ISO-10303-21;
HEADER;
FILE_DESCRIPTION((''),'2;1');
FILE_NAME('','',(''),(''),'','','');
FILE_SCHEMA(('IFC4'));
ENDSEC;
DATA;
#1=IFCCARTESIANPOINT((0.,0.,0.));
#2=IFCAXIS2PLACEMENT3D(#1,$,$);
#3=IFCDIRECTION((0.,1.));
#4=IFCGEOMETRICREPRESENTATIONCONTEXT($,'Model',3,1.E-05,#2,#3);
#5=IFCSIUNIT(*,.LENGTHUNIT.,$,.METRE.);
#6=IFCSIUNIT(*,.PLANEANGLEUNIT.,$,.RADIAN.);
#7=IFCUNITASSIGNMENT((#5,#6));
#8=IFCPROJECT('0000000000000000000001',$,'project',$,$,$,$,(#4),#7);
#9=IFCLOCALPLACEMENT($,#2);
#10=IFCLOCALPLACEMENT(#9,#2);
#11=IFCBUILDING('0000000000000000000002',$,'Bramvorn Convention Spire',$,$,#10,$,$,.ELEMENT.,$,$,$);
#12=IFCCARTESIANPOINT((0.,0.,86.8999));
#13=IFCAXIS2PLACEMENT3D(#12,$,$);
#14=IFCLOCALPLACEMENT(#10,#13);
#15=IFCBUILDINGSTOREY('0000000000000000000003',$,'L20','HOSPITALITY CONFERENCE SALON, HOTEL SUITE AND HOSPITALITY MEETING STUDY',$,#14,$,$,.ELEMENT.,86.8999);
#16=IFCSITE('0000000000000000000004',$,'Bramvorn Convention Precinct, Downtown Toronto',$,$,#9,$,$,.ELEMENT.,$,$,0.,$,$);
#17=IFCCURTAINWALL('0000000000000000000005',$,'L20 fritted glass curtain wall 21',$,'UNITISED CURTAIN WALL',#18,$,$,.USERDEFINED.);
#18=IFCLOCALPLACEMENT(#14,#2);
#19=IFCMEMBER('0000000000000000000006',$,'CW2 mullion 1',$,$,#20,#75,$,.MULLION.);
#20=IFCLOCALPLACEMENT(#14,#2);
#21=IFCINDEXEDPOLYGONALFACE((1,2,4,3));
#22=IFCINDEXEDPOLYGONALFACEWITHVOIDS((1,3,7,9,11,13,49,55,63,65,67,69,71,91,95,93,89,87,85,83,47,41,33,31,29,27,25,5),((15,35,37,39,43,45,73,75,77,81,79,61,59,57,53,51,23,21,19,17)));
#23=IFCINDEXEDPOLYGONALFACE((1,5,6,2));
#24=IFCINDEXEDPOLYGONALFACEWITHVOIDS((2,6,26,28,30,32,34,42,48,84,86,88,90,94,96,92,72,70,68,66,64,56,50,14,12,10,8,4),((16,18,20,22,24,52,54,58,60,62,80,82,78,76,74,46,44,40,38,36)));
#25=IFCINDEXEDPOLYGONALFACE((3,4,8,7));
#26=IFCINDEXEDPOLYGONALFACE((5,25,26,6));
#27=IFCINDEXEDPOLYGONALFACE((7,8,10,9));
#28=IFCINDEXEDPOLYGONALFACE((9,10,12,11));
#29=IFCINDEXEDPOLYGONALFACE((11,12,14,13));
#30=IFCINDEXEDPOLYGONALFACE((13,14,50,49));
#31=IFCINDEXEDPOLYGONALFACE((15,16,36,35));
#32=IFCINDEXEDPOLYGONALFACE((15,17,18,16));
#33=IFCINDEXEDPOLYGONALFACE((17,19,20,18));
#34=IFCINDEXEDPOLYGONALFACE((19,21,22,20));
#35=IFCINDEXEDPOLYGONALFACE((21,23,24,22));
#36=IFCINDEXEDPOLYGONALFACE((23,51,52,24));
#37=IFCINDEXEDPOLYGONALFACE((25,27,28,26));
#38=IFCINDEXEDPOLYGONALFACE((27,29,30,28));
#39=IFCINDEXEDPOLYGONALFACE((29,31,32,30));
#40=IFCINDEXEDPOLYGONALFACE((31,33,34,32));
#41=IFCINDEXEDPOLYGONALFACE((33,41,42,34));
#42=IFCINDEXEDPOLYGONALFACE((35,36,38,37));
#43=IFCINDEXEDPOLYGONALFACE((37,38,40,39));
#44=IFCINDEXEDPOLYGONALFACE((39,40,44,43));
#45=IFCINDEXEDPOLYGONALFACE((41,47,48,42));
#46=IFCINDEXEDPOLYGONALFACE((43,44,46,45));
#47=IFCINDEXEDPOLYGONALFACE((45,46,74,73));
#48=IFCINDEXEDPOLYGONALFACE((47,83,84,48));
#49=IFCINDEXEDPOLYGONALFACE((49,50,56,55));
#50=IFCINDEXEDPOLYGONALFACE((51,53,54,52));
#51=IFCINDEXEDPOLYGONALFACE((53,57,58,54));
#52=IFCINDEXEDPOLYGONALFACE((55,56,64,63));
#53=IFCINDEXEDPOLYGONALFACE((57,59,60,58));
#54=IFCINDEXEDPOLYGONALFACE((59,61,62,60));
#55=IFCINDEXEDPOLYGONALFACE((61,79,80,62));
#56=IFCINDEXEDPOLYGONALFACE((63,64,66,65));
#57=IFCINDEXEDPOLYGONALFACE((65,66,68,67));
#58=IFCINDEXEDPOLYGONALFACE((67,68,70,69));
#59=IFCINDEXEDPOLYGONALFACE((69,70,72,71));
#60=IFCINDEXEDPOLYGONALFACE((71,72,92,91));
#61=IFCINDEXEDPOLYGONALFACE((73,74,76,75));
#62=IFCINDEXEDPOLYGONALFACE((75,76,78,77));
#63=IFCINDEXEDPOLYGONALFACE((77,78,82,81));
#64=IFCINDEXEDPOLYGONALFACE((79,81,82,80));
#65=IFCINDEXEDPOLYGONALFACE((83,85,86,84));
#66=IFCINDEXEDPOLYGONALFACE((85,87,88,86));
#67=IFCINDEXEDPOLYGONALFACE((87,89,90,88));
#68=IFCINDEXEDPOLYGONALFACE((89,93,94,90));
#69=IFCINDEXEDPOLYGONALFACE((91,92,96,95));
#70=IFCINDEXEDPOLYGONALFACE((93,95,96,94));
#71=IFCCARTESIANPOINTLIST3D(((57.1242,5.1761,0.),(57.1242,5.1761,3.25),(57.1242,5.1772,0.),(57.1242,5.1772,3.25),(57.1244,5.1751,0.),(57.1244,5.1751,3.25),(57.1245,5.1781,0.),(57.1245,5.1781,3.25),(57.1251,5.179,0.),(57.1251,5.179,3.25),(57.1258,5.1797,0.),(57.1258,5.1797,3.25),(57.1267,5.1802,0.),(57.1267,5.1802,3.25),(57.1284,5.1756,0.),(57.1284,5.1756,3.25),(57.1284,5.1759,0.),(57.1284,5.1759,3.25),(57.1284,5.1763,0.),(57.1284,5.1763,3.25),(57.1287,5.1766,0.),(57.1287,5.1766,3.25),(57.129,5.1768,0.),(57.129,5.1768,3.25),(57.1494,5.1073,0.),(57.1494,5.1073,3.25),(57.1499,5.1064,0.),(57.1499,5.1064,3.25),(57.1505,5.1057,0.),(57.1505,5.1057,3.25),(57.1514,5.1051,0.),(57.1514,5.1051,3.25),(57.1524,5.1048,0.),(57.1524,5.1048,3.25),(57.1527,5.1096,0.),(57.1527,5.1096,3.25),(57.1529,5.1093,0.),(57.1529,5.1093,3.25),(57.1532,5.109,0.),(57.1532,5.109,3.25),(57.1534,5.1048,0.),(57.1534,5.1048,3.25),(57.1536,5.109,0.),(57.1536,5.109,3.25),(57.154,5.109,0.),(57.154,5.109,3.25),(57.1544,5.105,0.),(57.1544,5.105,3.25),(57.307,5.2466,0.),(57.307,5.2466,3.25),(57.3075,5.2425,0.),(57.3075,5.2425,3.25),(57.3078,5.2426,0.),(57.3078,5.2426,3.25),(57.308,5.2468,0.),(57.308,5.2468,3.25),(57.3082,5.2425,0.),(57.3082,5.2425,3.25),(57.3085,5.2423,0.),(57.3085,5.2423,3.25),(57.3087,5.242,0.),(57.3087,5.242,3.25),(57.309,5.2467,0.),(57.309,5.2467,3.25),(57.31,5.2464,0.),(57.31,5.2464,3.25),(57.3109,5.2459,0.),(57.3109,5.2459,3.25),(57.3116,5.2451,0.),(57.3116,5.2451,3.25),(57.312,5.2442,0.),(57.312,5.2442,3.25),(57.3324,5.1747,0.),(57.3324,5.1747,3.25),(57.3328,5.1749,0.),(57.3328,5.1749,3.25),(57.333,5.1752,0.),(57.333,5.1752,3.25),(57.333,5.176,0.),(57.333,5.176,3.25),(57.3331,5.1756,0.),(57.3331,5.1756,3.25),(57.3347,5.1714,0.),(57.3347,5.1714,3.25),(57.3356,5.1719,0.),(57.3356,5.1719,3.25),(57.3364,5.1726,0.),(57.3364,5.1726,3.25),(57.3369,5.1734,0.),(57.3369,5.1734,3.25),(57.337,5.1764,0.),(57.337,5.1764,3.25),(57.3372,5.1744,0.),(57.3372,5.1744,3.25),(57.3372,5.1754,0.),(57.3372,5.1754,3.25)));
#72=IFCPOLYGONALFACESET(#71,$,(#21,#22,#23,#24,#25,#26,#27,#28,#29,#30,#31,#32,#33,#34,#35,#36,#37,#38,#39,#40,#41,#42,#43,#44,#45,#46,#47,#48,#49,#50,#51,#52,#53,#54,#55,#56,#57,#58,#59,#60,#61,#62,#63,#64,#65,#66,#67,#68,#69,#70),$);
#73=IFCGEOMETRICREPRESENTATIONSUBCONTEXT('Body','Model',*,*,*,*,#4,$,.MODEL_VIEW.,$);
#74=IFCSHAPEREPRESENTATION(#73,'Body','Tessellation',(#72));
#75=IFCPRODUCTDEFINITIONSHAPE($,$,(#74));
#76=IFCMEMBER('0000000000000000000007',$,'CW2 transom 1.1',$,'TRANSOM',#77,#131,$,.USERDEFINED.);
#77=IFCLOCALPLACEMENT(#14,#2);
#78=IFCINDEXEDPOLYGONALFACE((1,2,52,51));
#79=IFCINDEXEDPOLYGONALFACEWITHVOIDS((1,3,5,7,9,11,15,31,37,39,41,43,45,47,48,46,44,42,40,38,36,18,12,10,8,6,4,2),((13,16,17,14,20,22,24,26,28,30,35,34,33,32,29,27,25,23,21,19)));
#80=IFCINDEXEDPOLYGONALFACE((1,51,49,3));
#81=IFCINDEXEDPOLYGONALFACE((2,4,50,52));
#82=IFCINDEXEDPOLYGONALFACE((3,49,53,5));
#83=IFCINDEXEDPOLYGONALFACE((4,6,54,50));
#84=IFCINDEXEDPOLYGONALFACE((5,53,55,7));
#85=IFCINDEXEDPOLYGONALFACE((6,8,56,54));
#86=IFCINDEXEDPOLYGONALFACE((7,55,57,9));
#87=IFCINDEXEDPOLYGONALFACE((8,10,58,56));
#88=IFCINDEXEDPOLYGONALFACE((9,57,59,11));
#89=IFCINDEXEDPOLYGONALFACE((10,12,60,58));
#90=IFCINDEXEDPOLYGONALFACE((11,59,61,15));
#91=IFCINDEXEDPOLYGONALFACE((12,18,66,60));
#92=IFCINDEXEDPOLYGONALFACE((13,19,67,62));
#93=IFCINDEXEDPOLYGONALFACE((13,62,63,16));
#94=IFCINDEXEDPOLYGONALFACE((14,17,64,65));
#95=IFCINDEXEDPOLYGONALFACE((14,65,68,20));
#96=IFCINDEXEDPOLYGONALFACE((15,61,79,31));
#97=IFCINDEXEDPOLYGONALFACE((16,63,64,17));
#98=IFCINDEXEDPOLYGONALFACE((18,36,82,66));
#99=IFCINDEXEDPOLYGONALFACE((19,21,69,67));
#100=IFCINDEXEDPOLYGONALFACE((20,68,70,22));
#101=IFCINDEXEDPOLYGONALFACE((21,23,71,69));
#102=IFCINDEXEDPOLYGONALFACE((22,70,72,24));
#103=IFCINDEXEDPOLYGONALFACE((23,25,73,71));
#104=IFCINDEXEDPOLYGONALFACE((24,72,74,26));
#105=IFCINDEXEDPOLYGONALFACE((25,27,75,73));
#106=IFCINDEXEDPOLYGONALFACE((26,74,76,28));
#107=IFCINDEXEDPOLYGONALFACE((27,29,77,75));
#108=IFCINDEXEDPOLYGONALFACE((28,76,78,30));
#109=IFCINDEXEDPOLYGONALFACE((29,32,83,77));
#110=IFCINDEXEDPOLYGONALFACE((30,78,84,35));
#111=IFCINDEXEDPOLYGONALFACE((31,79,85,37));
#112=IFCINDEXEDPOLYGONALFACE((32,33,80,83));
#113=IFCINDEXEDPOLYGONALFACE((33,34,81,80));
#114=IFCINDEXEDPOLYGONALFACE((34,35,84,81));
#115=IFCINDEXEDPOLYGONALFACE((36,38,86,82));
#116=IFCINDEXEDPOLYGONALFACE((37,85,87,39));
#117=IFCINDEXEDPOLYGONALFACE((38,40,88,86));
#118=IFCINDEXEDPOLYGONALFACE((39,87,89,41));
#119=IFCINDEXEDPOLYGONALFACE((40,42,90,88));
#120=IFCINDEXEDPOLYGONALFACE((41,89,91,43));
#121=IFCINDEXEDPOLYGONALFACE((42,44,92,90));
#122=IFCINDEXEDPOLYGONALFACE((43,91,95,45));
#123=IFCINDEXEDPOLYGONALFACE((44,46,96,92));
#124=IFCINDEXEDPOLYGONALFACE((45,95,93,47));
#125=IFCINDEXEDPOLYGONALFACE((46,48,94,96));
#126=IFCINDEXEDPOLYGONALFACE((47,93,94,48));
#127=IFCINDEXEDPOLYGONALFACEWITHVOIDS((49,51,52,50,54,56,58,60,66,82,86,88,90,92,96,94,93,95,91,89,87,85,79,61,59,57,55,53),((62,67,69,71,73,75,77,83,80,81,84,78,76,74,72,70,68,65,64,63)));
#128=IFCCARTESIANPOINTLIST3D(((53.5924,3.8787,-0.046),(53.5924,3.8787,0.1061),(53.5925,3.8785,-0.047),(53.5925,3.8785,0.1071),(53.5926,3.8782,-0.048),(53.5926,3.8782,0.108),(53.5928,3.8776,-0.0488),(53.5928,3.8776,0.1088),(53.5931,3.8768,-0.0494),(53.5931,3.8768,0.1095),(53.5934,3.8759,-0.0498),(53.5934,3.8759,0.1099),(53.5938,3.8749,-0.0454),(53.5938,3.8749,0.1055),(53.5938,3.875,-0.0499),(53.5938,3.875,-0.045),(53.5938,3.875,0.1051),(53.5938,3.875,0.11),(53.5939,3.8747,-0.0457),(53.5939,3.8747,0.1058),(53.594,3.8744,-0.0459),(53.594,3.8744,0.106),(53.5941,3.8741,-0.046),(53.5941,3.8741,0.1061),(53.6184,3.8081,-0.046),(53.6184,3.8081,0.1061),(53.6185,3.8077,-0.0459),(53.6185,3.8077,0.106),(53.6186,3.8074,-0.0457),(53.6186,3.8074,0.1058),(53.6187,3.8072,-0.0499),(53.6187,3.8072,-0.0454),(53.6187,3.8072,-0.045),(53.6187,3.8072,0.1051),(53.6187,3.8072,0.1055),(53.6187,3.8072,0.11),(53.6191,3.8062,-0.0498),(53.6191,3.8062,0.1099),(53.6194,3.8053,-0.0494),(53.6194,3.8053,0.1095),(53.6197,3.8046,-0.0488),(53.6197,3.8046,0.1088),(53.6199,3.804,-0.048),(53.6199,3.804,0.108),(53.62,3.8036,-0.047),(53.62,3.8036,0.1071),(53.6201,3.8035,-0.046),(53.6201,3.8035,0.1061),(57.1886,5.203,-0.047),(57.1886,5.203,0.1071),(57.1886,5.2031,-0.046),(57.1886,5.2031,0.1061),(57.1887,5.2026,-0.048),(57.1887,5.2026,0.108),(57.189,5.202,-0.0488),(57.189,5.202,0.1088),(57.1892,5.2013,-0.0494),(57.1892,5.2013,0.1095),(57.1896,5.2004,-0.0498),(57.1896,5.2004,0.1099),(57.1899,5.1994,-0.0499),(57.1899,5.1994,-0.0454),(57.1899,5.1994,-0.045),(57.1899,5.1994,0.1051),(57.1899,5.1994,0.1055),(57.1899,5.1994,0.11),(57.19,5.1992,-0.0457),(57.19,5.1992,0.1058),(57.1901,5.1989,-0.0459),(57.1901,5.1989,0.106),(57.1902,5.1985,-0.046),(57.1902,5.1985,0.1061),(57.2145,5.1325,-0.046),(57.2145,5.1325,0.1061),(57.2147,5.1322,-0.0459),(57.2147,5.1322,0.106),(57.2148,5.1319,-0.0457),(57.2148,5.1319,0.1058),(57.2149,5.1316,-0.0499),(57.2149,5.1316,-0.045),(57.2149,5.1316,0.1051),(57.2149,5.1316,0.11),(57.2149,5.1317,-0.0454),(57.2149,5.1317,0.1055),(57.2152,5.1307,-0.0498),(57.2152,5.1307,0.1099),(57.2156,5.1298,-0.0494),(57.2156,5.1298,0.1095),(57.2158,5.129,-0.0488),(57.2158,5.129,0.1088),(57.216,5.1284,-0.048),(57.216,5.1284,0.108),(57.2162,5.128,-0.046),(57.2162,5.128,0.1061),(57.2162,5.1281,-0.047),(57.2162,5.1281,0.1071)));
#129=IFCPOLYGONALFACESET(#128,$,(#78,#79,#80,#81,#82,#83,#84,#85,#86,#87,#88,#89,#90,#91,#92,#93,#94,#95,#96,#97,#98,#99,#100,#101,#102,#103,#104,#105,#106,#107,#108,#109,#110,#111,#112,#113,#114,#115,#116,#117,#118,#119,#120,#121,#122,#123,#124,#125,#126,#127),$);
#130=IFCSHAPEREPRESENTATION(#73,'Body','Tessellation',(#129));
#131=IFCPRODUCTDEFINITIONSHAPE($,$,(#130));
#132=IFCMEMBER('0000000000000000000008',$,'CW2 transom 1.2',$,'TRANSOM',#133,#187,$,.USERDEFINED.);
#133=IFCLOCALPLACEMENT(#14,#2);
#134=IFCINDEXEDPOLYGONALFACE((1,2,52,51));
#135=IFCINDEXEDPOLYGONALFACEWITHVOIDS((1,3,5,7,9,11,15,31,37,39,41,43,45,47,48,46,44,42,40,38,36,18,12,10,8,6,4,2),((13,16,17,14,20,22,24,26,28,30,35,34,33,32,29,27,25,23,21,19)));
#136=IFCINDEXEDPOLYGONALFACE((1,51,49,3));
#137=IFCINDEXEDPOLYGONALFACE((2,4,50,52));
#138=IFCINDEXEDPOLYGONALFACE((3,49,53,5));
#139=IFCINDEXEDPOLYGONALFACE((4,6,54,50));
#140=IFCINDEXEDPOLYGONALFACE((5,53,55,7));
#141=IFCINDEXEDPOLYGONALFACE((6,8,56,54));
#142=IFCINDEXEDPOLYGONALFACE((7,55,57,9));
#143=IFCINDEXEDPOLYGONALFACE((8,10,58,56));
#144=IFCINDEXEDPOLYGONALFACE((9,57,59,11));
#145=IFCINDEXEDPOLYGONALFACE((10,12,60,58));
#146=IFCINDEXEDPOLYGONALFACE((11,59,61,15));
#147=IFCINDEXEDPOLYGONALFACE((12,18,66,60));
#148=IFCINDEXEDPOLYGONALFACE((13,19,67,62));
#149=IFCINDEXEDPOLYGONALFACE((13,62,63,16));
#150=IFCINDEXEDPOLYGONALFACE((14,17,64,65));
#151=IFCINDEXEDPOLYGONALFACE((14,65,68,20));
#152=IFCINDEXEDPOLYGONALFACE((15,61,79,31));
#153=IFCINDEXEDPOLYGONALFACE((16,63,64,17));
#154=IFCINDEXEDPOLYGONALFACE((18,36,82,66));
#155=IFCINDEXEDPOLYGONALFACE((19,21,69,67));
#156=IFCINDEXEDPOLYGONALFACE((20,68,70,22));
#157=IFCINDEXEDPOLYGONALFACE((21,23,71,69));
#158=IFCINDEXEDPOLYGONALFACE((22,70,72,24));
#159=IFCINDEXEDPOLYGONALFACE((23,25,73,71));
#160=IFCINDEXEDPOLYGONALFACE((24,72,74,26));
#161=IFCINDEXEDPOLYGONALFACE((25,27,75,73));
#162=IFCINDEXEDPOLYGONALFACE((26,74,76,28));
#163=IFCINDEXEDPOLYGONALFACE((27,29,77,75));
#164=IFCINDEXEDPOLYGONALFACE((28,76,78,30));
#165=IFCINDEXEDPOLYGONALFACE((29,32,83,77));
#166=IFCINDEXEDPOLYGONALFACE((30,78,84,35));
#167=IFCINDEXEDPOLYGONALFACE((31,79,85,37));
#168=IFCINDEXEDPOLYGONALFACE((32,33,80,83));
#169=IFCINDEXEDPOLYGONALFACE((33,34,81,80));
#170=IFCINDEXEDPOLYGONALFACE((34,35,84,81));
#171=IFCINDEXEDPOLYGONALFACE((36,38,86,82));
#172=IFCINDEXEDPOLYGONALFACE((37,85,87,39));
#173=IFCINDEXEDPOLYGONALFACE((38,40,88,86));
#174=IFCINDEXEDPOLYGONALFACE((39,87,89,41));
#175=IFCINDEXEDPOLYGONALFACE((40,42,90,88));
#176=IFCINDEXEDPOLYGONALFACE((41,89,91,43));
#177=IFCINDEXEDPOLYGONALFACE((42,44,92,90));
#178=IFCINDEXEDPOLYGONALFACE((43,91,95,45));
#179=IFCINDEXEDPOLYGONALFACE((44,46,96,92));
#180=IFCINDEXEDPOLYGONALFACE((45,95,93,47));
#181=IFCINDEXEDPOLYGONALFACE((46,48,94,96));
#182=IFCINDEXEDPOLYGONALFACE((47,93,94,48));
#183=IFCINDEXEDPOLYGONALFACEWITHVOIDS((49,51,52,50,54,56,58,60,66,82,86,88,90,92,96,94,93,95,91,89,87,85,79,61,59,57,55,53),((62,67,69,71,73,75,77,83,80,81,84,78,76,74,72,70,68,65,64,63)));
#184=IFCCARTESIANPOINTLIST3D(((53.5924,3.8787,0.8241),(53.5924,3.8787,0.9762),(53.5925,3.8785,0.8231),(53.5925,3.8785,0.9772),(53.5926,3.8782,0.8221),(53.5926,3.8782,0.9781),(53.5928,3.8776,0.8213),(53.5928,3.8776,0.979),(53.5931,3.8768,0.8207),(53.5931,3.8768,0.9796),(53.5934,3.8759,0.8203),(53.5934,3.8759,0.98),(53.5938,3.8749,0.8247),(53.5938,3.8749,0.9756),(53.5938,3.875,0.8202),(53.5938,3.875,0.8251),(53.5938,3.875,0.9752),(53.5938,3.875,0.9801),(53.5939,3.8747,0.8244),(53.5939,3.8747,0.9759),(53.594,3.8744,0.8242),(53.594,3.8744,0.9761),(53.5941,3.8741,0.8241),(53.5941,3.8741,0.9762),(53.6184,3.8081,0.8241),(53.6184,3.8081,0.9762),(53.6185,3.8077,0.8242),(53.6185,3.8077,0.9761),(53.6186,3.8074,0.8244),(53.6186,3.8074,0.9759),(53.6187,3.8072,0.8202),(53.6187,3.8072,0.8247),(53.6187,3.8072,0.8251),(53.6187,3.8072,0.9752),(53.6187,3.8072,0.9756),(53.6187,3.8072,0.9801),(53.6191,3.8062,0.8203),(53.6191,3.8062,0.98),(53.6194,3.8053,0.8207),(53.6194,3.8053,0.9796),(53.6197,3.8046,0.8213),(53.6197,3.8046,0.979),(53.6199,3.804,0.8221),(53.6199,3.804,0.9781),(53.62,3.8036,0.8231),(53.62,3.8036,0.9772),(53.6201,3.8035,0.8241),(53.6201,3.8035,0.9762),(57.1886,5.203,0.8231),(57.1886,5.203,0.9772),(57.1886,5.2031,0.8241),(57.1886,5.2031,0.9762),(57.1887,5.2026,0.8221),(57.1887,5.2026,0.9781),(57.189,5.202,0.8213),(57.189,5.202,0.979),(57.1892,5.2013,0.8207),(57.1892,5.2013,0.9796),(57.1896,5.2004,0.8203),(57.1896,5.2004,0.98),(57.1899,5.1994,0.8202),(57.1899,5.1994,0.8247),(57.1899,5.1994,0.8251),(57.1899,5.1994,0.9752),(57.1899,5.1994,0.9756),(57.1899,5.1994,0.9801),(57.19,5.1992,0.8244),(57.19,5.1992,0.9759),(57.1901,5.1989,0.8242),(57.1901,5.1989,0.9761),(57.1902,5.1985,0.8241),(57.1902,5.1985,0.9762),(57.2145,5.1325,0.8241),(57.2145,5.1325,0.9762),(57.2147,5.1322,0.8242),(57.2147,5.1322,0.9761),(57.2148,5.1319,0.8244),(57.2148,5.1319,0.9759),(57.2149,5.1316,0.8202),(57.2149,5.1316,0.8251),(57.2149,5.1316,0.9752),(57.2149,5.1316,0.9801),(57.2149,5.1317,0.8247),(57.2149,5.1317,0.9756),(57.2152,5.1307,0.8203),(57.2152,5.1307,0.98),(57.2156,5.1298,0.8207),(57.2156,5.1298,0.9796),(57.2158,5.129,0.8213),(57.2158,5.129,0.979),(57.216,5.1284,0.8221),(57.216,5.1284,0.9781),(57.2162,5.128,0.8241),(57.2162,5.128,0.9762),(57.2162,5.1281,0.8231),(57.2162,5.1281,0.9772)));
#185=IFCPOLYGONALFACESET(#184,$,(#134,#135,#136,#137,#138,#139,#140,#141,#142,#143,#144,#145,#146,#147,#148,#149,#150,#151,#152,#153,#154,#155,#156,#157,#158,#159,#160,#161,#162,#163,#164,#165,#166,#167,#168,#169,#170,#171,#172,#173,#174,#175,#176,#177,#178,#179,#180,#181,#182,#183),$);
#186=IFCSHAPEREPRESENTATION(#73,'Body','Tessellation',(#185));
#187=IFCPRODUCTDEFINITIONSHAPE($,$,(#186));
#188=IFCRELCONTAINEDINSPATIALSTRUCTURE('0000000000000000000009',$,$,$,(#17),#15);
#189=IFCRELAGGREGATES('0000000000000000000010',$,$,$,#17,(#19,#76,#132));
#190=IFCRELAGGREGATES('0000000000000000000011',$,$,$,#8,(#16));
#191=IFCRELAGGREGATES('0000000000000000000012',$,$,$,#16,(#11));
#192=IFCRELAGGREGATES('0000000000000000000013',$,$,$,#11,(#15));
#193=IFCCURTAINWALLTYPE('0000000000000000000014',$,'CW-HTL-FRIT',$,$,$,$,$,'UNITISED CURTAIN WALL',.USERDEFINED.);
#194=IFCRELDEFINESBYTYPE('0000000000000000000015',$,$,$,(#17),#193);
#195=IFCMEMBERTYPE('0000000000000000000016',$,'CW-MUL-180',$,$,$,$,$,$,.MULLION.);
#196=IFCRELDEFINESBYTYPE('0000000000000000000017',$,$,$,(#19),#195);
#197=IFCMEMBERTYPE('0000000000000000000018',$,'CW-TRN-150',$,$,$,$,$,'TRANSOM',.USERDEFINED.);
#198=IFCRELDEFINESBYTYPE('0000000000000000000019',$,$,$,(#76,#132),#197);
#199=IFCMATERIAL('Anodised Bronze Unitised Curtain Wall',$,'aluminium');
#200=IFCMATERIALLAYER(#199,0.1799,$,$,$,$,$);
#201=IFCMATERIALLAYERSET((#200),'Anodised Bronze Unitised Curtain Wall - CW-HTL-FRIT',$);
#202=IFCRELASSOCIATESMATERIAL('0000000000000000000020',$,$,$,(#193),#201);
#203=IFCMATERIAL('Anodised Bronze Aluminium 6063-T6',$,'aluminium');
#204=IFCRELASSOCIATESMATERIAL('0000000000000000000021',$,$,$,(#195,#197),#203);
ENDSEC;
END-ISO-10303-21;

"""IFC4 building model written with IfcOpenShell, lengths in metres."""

from ifc_helpers import new_model, si_unit, direction, frame, origin, origin_2d, place, context, subcontext, project, spatial, hollow_rectangle, extrude, material, layer, layer_set, material_profile, profile_set, type_object, element, aggregate, save


model = new_model("IFC4")

# Units and contexts
model_context = context("Model", 3, precision=1e-05, world=origin(), true_north=direction((0.0, 1.0)))
body_context = subcontext(model_context, "Body", "Model", "MODEL_VIEW")
ifc_project = project(units=[si_unit("LENGTHUNIT", "METRE"), si_unit("PLANEANGLEUNIT", "RADIAN")], contexts=[model_context])

# Site, building, storey
site_placement = place(None, origin())
site = spatial("IfcSite", under=ifc_project, at=site_placement, Name="Bramvorn Convention Precinct, Downtown Toronto", CompositionType="ELEMENT", RefElevation=0.0)
building_placement = place(site_placement, origin())
building = spatial("IfcBuilding", under=site, at=building_placement, Name="Bramvorn Convention Spire", CompositionType="ELEMENT")
storey_placement = place(building_placement, frame((0.0, 0.0, 86.8999)))
storey = spatial("IfcBuildingStorey", under=building, at=storey_placement, Name="L20", Description="HOSPITALITY CONFERENCE SALON, HOTEL SUITE AND HOSPITALITY MEETING STUDY", CompositionType="ELEMENT", Elevation=86.8999)

# Curtain wall, members
ifc_material_1 = material(Name="Anodised Bronze Unitised Curtain Wall", Category="aluminium")
ifc_layer_1 = layer(ifc_material_1, 0.1799)
ifc_layer_set_1 = layer_set([ifc_layer_1], Name="Anodised Bronze Unitised Curtain Wall - CW-HTL-FRIT")
curtain_wall_type = type_object("IfcCurtainWallType", Name="CW-HTL-FRIT", ElementType="UNITISED CURTAIN WALL", PredefinedType="USERDEFINED", material=ifc_layer_set_1)
curtain_wall_placement = place(storey_placement, origin())
curtain_wall = element("IfcCurtainWall", 1, at=curtain_wall_placement, inside=storey, type_object=curtain_wall_type, Name="L20 fritted glass curtain wall 21", ObjectType="UNITISED CURTAIN WALL", PredefinedType="USERDEFINED")
ifc_material_2 = material(Name="Anodised Bronze Aluminium 6063-T6", Category="aluminium")
ifc_material_profile_1 = material_profile(ifc_material_2, hollow_rectangle(XDim=0.0801, YDim=0.2, WallThickness=0.0039, InnerFilletRadius=0.001, OuterFilletRadius=0.0039, at=origin_2d()))
ifc_profile_set_1 = profile_set([ifc_material_profile_1], Name="Anodised Bronze Aluminium 6063-T6 - CWM80X200")
member_type_1 = type_object("IfcMemberType", Name="CW-MUL-180", PredefinedType="MULLION", material=ifc_profile_set_1)
member_1_placement = place(storey_placement, frame((57.2307, 5.1758, 0.0), z_axis=(0.0, 0.0, 1.0), x_axis=(0.345574, -0.938391, 0.0)))
member_1 = element("IfcMember", 2, at=member_1_placement, type_object=member_type_1, Name="CW2 mullion 1", PredefinedType="MULLION", context=body_context, shape_type="SweptSolid", body=[
    extrude(hollow_rectangle(XDim=0.0801, YDim=0.2, WallThickness=0.0039, InnerFilletRadius=0.001, OuterFilletRadius=0.0039, at=origin_2d()), origin(), (0.0, 0.0, 1.0), 3.25),
])
ifc_material_profile_2 = material_profile(ifc_material_2, hollow_rectangle(XDim=0.0801, YDim=0.1599, WallThickness=0.0039, InnerFilletRadius=0.001, OuterFilletRadius=0.0039, at=origin_2d()))
ifc_profile_set_2 = profile_set([ifc_material_profile_2], Name="Anodised Bronze Aluminium 6063-T6 - CWT80X160")
member_type_2 = type_object("IfcMemberType", Name="CW-TRN-150", ElementType="TRANSOM", PredefinedType="USERDEFINED", material=ifc_profile_set_2)
member_2_placement = place(storey_placement, frame((57.2024, 5.1655, 0.03), z_axis=(-0.938381, -0.345602, 0.0), x_axis=(0.345602, -0.938381, 0.0)))
member_2 = element("IfcMember", 3, at=member_2_placement, type_object=member_type_2, Name="CW2 transom 1.1", ObjectType="TRANSOM", PredefinedType="USERDEFINED", context=body_context, shape_type="SweptSolid", body=[
    extrude(hollow_rectangle(XDim=0.0801, YDim=0.1599, WallThickness=0.0039, InnerFilletRadius=0.001, OuterFilletRadius=0.0039, at=origin_2d()), origin(), (0.0, 0.0, 1.0), 3.8323),
])
member_3_placement = place(storey_placement, frame((57.2024, 5.1655, 0.9001), z_axis=(-0.938381, -0.345602, 0.0), x_axis=(0.345602, -0.938381, 0.0)))
member_3 = element("IfcMember", 4, at=member_3_placement, type_object=member_type_2, Name="CW2 transom 1.2", ObjectType="TRANSOM", PredefinedType="USERDEFINED", context=body_context, shape_type="SweptSolid", body=[
    extrude(hollow_rectangle(XDim=0.0801, YDim=0.1599, WallThickness=0.0039, InnerFilletRadius=0.001, OuterFilletRadius=0.0039, at=origin_2d()), origin(), (0.0, 0.0, 1.0), 3.8323),
])

aggregate(curtain_wall, [member_1, member_2, member_3])

save(model, "model.ifc")
